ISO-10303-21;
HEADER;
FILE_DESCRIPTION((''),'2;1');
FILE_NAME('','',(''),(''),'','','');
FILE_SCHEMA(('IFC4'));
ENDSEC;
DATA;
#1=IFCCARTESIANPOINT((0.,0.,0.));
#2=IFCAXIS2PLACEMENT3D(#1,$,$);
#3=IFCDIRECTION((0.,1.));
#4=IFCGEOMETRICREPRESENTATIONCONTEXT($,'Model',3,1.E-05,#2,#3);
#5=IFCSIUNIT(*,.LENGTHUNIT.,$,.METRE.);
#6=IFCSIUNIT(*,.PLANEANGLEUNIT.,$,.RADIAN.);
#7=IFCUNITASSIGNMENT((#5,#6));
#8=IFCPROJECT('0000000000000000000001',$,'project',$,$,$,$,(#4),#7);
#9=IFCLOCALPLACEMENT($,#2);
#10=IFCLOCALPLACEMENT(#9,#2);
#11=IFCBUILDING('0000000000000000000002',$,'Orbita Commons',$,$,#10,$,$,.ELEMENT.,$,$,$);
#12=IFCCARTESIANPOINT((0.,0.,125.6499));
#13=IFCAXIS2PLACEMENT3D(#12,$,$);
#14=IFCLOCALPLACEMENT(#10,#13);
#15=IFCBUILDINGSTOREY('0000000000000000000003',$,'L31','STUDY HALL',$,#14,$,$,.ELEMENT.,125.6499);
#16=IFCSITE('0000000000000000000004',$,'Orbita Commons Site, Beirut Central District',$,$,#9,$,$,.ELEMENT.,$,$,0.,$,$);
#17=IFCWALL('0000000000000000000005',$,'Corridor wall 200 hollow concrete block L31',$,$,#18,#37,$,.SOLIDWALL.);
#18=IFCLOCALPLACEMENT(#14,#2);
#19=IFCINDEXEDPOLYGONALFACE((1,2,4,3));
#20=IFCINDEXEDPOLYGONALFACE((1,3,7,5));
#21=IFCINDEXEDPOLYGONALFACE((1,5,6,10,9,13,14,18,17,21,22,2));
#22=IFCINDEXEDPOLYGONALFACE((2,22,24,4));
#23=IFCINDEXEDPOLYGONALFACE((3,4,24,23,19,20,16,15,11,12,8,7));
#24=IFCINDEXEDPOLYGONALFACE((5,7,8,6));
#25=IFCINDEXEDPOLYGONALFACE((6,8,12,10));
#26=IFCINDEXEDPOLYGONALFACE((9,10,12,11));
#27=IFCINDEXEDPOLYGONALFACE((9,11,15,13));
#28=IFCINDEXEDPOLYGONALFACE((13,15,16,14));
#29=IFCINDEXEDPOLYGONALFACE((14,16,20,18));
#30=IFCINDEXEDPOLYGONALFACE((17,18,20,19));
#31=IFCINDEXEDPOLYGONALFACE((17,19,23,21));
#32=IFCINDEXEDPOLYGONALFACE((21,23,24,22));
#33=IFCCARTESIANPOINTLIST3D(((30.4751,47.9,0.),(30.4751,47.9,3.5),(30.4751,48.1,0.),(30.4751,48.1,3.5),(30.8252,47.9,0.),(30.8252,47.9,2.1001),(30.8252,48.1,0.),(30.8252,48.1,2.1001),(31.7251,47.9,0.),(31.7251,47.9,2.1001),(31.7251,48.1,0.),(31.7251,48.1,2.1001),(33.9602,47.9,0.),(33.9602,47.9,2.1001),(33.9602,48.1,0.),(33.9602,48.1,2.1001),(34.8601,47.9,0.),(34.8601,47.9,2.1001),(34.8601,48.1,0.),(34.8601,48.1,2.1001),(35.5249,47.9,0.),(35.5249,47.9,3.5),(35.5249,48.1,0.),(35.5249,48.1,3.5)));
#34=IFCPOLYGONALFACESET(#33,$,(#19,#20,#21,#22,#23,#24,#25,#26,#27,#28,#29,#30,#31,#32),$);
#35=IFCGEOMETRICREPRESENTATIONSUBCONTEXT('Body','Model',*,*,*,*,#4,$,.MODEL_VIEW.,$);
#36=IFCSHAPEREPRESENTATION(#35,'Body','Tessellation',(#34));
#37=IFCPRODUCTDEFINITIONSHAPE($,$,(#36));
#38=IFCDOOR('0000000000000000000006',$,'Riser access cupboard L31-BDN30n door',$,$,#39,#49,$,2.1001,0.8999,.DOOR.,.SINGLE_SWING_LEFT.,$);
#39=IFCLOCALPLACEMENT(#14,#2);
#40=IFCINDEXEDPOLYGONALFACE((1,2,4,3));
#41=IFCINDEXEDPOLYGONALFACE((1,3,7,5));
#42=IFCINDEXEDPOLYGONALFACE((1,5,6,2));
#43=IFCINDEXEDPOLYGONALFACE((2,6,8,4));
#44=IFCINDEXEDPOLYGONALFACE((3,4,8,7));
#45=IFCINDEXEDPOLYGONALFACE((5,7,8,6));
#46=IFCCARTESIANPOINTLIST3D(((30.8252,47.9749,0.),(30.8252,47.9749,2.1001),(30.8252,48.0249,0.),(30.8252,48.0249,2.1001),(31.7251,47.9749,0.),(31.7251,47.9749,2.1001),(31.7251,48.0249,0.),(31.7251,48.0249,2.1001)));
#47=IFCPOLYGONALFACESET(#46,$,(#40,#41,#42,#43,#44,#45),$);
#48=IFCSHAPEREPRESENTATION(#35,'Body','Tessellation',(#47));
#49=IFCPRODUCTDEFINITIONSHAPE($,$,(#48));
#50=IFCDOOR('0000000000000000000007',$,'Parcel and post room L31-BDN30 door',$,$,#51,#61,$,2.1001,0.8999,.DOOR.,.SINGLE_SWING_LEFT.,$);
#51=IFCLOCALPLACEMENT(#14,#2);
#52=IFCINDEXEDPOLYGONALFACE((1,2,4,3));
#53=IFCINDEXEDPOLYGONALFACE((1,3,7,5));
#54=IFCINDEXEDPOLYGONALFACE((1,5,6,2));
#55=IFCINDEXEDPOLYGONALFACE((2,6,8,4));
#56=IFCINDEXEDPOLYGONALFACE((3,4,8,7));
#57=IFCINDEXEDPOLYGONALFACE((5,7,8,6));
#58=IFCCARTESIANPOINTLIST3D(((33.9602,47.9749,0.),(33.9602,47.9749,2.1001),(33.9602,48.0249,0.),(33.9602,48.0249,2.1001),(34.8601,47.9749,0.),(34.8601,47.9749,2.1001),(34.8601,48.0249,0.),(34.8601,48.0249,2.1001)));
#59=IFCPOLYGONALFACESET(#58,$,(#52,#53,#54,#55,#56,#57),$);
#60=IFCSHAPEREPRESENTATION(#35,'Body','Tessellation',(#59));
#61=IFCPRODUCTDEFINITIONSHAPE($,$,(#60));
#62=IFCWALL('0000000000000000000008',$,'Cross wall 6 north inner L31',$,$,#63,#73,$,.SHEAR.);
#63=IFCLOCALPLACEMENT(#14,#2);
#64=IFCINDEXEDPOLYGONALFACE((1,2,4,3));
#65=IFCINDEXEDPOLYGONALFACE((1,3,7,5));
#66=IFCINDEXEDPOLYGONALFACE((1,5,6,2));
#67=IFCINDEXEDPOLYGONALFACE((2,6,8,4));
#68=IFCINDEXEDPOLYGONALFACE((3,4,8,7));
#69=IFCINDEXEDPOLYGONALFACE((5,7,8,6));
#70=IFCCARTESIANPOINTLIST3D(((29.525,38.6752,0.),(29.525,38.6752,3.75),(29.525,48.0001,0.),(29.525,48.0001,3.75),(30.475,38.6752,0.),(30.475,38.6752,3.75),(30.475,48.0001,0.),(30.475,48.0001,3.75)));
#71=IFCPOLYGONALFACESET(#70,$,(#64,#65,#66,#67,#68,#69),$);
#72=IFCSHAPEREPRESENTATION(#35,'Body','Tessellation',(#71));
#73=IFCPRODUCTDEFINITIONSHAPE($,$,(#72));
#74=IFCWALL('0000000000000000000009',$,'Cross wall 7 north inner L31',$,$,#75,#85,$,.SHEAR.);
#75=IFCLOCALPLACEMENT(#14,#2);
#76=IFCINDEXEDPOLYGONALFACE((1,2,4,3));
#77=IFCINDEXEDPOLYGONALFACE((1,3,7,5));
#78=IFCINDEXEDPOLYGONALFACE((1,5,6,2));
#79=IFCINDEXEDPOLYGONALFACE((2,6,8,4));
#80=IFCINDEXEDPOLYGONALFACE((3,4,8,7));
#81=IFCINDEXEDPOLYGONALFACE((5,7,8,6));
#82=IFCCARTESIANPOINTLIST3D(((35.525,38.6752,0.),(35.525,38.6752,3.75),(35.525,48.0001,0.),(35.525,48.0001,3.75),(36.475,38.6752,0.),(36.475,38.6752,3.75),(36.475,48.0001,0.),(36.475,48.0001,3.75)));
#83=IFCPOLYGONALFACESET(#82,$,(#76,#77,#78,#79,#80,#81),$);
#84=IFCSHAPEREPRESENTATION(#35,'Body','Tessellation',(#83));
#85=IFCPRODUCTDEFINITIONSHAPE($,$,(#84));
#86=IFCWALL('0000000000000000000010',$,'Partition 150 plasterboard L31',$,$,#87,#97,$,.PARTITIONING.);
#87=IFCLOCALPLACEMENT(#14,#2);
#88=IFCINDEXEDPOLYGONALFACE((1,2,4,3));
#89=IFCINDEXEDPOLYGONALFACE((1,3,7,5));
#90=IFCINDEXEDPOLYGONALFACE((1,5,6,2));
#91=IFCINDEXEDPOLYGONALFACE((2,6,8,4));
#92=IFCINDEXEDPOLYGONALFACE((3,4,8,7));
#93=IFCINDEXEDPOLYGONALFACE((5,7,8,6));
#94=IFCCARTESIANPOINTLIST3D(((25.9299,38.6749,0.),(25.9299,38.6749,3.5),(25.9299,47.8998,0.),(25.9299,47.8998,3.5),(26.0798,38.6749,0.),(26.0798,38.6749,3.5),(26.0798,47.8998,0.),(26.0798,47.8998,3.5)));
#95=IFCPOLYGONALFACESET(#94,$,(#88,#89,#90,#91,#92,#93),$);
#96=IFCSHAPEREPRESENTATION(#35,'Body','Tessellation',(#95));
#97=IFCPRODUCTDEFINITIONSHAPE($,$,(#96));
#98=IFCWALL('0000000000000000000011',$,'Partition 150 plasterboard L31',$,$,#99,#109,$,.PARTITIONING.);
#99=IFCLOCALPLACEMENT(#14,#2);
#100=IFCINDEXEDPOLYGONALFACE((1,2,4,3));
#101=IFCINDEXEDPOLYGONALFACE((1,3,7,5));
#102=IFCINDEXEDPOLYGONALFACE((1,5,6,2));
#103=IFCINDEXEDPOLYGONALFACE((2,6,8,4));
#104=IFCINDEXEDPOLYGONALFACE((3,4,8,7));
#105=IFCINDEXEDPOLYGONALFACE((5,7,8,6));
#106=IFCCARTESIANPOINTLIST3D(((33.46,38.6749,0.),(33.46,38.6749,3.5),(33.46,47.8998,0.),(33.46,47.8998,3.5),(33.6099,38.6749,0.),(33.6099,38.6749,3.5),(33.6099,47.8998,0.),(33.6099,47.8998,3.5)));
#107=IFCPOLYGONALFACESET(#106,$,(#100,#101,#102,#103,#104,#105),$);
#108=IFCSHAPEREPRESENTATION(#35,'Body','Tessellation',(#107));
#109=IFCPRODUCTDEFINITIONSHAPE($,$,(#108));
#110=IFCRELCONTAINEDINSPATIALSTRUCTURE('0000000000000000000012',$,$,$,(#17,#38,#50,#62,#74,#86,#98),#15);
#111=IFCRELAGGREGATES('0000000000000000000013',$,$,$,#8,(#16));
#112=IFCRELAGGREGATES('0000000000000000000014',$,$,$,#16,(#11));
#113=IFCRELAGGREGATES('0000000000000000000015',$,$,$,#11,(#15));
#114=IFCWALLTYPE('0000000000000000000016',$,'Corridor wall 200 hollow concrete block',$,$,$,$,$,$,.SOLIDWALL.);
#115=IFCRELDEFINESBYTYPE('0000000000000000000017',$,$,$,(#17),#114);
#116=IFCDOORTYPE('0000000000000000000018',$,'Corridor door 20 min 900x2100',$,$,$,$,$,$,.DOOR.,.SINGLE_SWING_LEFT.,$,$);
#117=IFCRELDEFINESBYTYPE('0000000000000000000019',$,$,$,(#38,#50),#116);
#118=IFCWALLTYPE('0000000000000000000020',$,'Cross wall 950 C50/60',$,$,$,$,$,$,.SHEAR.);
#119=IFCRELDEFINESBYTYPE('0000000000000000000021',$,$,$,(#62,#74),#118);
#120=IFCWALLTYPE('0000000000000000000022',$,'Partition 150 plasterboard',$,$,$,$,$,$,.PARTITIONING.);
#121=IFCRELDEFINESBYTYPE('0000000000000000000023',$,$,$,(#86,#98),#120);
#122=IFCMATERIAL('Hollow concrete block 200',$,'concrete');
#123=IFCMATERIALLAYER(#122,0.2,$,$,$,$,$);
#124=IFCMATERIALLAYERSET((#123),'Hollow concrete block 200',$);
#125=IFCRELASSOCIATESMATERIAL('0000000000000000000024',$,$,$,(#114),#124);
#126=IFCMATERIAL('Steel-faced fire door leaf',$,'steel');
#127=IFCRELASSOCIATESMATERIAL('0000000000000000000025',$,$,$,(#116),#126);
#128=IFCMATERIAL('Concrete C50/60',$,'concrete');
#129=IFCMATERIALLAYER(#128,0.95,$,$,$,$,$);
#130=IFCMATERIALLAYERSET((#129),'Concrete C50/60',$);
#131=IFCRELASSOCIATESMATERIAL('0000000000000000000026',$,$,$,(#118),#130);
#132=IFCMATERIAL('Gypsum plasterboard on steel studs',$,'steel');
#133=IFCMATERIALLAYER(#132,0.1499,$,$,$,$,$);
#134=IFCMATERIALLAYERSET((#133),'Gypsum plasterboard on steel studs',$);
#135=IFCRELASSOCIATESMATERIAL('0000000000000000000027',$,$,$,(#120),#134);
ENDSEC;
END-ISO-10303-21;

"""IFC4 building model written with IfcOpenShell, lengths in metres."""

from ifc_helpers import new_model, si_unit, direction, frame, frame_2d, origin, place, context, subcontext, project, spatial, rectangle, extrude, material, layer, layer_set, type_object, element, fill, save


model = new_model("IFC4")

# Units and contexts
model_context = context("Model", 3, precision=1e-05, world=origin(), true_north=direction((0.0, 1.0)))
body_context = subcontext(model_context, "Body", "Model", "MODEL_VIEW")
ifc_project = project(units=[si_unit("LENGTHUNIT", "METRE"), si_unit("PLANEANGLEUNIT", "RADIAN")], contexts=[model_context])

# Site, building, storey
site_placement = place(None, origin())
site = spatial("IfcSite", under=ifc_project, at=site_placement, Name="Orbita Commons Site, Beirut Central District", CompositionType="ELEMENT", RefElevation=0.0)
building_placement = place(site_placement, origin())
building = spatial("IfcBuilding", under=site, at=building_placement, Name="Orbita Commons", CompositionType="ELEMENT")
storey_placement = place(building_placement, frame((0.0, 0.0, 125.6499)))
storey = spatial("IfcBuildingStorey", under=building, at=storey_placement, Name="L31", Description="STUDY HALL", CompositionType="ELEMENT", Elevation=125.6499)

# Wall, openings, doors
ifc_material_1 = material(Name="Hollow concrete block 200", Category="concrete")
ifc_layer_1 = layer(ifc_material_1, 0.2)
ifc_layer_set_1 = layer_set([ifc_layer_1], Name="Hollow concrete block 200")
wall_type_1 = type_object("IfcWallType", Name="Corridor wall 200 hollow concrete block", PredefinedType="SOLIDWALL", material=ifc_layer_set_1)
ifc_material_2 = material(Name="Steel-faced fire door leaf", Category="steel")
door_type_1 = type_object("IfcDoorType", Name="Corridor door 20 min 900x2100", OperationType="SINGLE_SWING_LEFT", PredefinedType="DOOR", material=ifc_material_2)
wall_1_placement = place(storey_placement, frame((30.4751, 48.0, 0.0), z_axis=(0.0, 0.0, 1.0), x_axis=(1.0, 0.0, 0.0)))
wall_1 = element("IfcWall", 1, at=wall_1_placement, inside=storey, type_object=wall_type_1, Name="Corridor wall 200 hollow concrete block L31", PredefinedType="SOLIDWALL", context=body_context, shape_type="SweptSolid", body=[
    extrude(rectangle(XDim=5.0498, YDim=0.2, at=frame_2d((2.5249, 0.0))), origin(), (0.0, 0.0, 1.0), 3.5),
])
opening_1_placement = place(wall_1_placement, frame((0.3501, 0.0, 0.0)))
opening_1 = element("IfcOpeningElement", 2, at=opening_1_placement, cuts=wall_1, PredefinedType="OPENING", context=body_context, shape_type="SweptSolid", body=[
    extrude(rectangle(XDim=0.8999, YDim=2.1001, at=frame_2d((0.45, 1.05))), frame((0.0, 0.1099, 0.0), z_axis=(0.0, -1.0, 0.0), x_axis=(1.0, 0.0, 0.0)), (0.0, 0.0, 1.0), 0.22),
])
opening_2_placement = place(wall_1_placement, frame((3.4851, 0.0, 0.0)))
opening_2 = element("IfcOpeningElement", 3, at=opening_2_placement, cuts=wall_1, PredefinedType="OPENING", context=body_context, shape_type="SweptSolid", body=[
    extrude(rectangle(XDim=0.8999, YDim=2.1001, at=frame_2d((0.45, 1.05))), frame((0.0, 0.1099, 0.0), z_axis=(0.0, -1.0, 0.0), x_axis=(1.0, 0.0, 0.0)), (0.0, 0.0, 1.0), 0.22),
])
door_1_placement = place(opening_1_placement, origin())
door_1 = element("IfcDoor", 4, at=door_1_placement, inside=storey, type_object=door_type_1, Name="Riser access cupboard L31-BDN30n door", OperationType="SINGLE_SWING_LEFT", OverallHeight=2.1001, OverallWidth=0.8999, PredefinedType="DOOR", context=body_context, shape_type="SweptSolid", body=[
    extrude(rectangle(XDim=0.8999, YDim=2.1001, at=frame_2d((0.45, 1.05))), frame((0.0, 0.0249, 0.0), z_axis=(0.0, -1.0, 0.0), x_axis=(1.0, 0.0, 0.0)), (0.0, 0.0, 1.0), 0.05),
])
fill(opening_1, door_1)
door_2_placement = place(opening_2_placement, origin())
door_2 = element("IfcDoor", 5, at=door_2_placement, inside=storey, type_object=door_type_1, Name="Parcel and post room L31-BDN30 door", OperationType="SINGLE_SWING_LEFT", OverallHeight=2.1001, OverallWidth=0.8999, PredefinedType="DOOR", context=body_context, shape_type="SweptSolid", body=[
    extrude(rectangle(XDim=0.8999, YDim=2.1001, at=frame_2d((0.45, 1.05))), frame((0.0, 0.0249, 0.0), z_axis=(0.0, -1.0, 0.0), x_axis=(1.0, 0.0, 0.0)), (0.0, 0.0, 1.0), 0.05),
])
fill(opening_2, door_2)

# Walls
ifc_material_3 = material(Name="Concrete C50/60", Category="concrete")
ifc_layer_2 = layer(ifc_material_3, 0.95)
ifc_layer_set_2 = layer_set([ifc_layer_2], Name="Concrete C50/60")
wall_type_2 = type_object("IfcWallType", Name="Cross wall 950 C50/60", PredefinedType="SHEAR", material=ifc_layer_set_2)
for number, where, z_axis, x_axis, name in (
    (6, (30.0, 38.675, 0.0), (0.0, 0.0, 1.0), (0.0, 1.0, 0.0), "Cross wall 6 north inner L31"),
    (7, (36.0, 38.675, 0.0), (0.0, 0.0, 1.0), (0.0, 1.0, 0.0), "Cross wall 7 north inner L31"),
):
    element("IfcWall", number, at=place(storey_placement, frame(where, z_axis=z_axis, x_axis=x_axis)), inside=storey, type_object=wall_type_2, Name=name, PredefinedType="SHEAR", context=body_context, shape_type="SweptSolid", body=[
        extrude(rectangle(XDim=9.325, YDim=0.95, at=frame_2d((4.6626, 0.0))), origin(), (0.0, 0.0, 1.0), 3.75),
    ])
ifc_material_4 = material(Name="Gypsum plasterboard on steel studs", Category="steel")
ifc_layer_3 = layer(ifc_material_4, 0.1499)
ifc_layer_set_3 = layer_set([ifc_layer_3], Name="Gypsum plasterboard on steel studs")
wall_type_3 = type_object("IfcWallType", Name="Partition 150 plasterboard", PredefinedType="PARTITIONING", material=ifc_layer_set_3)
for number, where, z_axis, x_axis, name in (
    (8, (26.0049, 38.675, 0.0), (0.0, 0.0, 1.0), (0.0, 1.0, 0.0), "Partition 150 plasterboard L31"),
    (9, (33.5349, 38.675, 0.0), (0.0, 0.0, 1.0), (0.0, 1.0, 0.0), "Partition 150 plasterboard L31"),
):
    element("IfcWall", number, at=place(storey_placement, frame(where, z_axis=z_axis, x_axis=x_axis)), inside=storey, type_object=wall_type_3, Name=name, PredefinedType="PARTITIONING", context=body_context, shape_type="SweptSolid", body=[
        extrude(rectangle(XDim=9.2249, YDim=0.1499, at=frame_2d((4.6123, 0.0))), origin(), (0.0, 0.0, 1.0), 3.5),
    ])

save(model, "model.ifc")
